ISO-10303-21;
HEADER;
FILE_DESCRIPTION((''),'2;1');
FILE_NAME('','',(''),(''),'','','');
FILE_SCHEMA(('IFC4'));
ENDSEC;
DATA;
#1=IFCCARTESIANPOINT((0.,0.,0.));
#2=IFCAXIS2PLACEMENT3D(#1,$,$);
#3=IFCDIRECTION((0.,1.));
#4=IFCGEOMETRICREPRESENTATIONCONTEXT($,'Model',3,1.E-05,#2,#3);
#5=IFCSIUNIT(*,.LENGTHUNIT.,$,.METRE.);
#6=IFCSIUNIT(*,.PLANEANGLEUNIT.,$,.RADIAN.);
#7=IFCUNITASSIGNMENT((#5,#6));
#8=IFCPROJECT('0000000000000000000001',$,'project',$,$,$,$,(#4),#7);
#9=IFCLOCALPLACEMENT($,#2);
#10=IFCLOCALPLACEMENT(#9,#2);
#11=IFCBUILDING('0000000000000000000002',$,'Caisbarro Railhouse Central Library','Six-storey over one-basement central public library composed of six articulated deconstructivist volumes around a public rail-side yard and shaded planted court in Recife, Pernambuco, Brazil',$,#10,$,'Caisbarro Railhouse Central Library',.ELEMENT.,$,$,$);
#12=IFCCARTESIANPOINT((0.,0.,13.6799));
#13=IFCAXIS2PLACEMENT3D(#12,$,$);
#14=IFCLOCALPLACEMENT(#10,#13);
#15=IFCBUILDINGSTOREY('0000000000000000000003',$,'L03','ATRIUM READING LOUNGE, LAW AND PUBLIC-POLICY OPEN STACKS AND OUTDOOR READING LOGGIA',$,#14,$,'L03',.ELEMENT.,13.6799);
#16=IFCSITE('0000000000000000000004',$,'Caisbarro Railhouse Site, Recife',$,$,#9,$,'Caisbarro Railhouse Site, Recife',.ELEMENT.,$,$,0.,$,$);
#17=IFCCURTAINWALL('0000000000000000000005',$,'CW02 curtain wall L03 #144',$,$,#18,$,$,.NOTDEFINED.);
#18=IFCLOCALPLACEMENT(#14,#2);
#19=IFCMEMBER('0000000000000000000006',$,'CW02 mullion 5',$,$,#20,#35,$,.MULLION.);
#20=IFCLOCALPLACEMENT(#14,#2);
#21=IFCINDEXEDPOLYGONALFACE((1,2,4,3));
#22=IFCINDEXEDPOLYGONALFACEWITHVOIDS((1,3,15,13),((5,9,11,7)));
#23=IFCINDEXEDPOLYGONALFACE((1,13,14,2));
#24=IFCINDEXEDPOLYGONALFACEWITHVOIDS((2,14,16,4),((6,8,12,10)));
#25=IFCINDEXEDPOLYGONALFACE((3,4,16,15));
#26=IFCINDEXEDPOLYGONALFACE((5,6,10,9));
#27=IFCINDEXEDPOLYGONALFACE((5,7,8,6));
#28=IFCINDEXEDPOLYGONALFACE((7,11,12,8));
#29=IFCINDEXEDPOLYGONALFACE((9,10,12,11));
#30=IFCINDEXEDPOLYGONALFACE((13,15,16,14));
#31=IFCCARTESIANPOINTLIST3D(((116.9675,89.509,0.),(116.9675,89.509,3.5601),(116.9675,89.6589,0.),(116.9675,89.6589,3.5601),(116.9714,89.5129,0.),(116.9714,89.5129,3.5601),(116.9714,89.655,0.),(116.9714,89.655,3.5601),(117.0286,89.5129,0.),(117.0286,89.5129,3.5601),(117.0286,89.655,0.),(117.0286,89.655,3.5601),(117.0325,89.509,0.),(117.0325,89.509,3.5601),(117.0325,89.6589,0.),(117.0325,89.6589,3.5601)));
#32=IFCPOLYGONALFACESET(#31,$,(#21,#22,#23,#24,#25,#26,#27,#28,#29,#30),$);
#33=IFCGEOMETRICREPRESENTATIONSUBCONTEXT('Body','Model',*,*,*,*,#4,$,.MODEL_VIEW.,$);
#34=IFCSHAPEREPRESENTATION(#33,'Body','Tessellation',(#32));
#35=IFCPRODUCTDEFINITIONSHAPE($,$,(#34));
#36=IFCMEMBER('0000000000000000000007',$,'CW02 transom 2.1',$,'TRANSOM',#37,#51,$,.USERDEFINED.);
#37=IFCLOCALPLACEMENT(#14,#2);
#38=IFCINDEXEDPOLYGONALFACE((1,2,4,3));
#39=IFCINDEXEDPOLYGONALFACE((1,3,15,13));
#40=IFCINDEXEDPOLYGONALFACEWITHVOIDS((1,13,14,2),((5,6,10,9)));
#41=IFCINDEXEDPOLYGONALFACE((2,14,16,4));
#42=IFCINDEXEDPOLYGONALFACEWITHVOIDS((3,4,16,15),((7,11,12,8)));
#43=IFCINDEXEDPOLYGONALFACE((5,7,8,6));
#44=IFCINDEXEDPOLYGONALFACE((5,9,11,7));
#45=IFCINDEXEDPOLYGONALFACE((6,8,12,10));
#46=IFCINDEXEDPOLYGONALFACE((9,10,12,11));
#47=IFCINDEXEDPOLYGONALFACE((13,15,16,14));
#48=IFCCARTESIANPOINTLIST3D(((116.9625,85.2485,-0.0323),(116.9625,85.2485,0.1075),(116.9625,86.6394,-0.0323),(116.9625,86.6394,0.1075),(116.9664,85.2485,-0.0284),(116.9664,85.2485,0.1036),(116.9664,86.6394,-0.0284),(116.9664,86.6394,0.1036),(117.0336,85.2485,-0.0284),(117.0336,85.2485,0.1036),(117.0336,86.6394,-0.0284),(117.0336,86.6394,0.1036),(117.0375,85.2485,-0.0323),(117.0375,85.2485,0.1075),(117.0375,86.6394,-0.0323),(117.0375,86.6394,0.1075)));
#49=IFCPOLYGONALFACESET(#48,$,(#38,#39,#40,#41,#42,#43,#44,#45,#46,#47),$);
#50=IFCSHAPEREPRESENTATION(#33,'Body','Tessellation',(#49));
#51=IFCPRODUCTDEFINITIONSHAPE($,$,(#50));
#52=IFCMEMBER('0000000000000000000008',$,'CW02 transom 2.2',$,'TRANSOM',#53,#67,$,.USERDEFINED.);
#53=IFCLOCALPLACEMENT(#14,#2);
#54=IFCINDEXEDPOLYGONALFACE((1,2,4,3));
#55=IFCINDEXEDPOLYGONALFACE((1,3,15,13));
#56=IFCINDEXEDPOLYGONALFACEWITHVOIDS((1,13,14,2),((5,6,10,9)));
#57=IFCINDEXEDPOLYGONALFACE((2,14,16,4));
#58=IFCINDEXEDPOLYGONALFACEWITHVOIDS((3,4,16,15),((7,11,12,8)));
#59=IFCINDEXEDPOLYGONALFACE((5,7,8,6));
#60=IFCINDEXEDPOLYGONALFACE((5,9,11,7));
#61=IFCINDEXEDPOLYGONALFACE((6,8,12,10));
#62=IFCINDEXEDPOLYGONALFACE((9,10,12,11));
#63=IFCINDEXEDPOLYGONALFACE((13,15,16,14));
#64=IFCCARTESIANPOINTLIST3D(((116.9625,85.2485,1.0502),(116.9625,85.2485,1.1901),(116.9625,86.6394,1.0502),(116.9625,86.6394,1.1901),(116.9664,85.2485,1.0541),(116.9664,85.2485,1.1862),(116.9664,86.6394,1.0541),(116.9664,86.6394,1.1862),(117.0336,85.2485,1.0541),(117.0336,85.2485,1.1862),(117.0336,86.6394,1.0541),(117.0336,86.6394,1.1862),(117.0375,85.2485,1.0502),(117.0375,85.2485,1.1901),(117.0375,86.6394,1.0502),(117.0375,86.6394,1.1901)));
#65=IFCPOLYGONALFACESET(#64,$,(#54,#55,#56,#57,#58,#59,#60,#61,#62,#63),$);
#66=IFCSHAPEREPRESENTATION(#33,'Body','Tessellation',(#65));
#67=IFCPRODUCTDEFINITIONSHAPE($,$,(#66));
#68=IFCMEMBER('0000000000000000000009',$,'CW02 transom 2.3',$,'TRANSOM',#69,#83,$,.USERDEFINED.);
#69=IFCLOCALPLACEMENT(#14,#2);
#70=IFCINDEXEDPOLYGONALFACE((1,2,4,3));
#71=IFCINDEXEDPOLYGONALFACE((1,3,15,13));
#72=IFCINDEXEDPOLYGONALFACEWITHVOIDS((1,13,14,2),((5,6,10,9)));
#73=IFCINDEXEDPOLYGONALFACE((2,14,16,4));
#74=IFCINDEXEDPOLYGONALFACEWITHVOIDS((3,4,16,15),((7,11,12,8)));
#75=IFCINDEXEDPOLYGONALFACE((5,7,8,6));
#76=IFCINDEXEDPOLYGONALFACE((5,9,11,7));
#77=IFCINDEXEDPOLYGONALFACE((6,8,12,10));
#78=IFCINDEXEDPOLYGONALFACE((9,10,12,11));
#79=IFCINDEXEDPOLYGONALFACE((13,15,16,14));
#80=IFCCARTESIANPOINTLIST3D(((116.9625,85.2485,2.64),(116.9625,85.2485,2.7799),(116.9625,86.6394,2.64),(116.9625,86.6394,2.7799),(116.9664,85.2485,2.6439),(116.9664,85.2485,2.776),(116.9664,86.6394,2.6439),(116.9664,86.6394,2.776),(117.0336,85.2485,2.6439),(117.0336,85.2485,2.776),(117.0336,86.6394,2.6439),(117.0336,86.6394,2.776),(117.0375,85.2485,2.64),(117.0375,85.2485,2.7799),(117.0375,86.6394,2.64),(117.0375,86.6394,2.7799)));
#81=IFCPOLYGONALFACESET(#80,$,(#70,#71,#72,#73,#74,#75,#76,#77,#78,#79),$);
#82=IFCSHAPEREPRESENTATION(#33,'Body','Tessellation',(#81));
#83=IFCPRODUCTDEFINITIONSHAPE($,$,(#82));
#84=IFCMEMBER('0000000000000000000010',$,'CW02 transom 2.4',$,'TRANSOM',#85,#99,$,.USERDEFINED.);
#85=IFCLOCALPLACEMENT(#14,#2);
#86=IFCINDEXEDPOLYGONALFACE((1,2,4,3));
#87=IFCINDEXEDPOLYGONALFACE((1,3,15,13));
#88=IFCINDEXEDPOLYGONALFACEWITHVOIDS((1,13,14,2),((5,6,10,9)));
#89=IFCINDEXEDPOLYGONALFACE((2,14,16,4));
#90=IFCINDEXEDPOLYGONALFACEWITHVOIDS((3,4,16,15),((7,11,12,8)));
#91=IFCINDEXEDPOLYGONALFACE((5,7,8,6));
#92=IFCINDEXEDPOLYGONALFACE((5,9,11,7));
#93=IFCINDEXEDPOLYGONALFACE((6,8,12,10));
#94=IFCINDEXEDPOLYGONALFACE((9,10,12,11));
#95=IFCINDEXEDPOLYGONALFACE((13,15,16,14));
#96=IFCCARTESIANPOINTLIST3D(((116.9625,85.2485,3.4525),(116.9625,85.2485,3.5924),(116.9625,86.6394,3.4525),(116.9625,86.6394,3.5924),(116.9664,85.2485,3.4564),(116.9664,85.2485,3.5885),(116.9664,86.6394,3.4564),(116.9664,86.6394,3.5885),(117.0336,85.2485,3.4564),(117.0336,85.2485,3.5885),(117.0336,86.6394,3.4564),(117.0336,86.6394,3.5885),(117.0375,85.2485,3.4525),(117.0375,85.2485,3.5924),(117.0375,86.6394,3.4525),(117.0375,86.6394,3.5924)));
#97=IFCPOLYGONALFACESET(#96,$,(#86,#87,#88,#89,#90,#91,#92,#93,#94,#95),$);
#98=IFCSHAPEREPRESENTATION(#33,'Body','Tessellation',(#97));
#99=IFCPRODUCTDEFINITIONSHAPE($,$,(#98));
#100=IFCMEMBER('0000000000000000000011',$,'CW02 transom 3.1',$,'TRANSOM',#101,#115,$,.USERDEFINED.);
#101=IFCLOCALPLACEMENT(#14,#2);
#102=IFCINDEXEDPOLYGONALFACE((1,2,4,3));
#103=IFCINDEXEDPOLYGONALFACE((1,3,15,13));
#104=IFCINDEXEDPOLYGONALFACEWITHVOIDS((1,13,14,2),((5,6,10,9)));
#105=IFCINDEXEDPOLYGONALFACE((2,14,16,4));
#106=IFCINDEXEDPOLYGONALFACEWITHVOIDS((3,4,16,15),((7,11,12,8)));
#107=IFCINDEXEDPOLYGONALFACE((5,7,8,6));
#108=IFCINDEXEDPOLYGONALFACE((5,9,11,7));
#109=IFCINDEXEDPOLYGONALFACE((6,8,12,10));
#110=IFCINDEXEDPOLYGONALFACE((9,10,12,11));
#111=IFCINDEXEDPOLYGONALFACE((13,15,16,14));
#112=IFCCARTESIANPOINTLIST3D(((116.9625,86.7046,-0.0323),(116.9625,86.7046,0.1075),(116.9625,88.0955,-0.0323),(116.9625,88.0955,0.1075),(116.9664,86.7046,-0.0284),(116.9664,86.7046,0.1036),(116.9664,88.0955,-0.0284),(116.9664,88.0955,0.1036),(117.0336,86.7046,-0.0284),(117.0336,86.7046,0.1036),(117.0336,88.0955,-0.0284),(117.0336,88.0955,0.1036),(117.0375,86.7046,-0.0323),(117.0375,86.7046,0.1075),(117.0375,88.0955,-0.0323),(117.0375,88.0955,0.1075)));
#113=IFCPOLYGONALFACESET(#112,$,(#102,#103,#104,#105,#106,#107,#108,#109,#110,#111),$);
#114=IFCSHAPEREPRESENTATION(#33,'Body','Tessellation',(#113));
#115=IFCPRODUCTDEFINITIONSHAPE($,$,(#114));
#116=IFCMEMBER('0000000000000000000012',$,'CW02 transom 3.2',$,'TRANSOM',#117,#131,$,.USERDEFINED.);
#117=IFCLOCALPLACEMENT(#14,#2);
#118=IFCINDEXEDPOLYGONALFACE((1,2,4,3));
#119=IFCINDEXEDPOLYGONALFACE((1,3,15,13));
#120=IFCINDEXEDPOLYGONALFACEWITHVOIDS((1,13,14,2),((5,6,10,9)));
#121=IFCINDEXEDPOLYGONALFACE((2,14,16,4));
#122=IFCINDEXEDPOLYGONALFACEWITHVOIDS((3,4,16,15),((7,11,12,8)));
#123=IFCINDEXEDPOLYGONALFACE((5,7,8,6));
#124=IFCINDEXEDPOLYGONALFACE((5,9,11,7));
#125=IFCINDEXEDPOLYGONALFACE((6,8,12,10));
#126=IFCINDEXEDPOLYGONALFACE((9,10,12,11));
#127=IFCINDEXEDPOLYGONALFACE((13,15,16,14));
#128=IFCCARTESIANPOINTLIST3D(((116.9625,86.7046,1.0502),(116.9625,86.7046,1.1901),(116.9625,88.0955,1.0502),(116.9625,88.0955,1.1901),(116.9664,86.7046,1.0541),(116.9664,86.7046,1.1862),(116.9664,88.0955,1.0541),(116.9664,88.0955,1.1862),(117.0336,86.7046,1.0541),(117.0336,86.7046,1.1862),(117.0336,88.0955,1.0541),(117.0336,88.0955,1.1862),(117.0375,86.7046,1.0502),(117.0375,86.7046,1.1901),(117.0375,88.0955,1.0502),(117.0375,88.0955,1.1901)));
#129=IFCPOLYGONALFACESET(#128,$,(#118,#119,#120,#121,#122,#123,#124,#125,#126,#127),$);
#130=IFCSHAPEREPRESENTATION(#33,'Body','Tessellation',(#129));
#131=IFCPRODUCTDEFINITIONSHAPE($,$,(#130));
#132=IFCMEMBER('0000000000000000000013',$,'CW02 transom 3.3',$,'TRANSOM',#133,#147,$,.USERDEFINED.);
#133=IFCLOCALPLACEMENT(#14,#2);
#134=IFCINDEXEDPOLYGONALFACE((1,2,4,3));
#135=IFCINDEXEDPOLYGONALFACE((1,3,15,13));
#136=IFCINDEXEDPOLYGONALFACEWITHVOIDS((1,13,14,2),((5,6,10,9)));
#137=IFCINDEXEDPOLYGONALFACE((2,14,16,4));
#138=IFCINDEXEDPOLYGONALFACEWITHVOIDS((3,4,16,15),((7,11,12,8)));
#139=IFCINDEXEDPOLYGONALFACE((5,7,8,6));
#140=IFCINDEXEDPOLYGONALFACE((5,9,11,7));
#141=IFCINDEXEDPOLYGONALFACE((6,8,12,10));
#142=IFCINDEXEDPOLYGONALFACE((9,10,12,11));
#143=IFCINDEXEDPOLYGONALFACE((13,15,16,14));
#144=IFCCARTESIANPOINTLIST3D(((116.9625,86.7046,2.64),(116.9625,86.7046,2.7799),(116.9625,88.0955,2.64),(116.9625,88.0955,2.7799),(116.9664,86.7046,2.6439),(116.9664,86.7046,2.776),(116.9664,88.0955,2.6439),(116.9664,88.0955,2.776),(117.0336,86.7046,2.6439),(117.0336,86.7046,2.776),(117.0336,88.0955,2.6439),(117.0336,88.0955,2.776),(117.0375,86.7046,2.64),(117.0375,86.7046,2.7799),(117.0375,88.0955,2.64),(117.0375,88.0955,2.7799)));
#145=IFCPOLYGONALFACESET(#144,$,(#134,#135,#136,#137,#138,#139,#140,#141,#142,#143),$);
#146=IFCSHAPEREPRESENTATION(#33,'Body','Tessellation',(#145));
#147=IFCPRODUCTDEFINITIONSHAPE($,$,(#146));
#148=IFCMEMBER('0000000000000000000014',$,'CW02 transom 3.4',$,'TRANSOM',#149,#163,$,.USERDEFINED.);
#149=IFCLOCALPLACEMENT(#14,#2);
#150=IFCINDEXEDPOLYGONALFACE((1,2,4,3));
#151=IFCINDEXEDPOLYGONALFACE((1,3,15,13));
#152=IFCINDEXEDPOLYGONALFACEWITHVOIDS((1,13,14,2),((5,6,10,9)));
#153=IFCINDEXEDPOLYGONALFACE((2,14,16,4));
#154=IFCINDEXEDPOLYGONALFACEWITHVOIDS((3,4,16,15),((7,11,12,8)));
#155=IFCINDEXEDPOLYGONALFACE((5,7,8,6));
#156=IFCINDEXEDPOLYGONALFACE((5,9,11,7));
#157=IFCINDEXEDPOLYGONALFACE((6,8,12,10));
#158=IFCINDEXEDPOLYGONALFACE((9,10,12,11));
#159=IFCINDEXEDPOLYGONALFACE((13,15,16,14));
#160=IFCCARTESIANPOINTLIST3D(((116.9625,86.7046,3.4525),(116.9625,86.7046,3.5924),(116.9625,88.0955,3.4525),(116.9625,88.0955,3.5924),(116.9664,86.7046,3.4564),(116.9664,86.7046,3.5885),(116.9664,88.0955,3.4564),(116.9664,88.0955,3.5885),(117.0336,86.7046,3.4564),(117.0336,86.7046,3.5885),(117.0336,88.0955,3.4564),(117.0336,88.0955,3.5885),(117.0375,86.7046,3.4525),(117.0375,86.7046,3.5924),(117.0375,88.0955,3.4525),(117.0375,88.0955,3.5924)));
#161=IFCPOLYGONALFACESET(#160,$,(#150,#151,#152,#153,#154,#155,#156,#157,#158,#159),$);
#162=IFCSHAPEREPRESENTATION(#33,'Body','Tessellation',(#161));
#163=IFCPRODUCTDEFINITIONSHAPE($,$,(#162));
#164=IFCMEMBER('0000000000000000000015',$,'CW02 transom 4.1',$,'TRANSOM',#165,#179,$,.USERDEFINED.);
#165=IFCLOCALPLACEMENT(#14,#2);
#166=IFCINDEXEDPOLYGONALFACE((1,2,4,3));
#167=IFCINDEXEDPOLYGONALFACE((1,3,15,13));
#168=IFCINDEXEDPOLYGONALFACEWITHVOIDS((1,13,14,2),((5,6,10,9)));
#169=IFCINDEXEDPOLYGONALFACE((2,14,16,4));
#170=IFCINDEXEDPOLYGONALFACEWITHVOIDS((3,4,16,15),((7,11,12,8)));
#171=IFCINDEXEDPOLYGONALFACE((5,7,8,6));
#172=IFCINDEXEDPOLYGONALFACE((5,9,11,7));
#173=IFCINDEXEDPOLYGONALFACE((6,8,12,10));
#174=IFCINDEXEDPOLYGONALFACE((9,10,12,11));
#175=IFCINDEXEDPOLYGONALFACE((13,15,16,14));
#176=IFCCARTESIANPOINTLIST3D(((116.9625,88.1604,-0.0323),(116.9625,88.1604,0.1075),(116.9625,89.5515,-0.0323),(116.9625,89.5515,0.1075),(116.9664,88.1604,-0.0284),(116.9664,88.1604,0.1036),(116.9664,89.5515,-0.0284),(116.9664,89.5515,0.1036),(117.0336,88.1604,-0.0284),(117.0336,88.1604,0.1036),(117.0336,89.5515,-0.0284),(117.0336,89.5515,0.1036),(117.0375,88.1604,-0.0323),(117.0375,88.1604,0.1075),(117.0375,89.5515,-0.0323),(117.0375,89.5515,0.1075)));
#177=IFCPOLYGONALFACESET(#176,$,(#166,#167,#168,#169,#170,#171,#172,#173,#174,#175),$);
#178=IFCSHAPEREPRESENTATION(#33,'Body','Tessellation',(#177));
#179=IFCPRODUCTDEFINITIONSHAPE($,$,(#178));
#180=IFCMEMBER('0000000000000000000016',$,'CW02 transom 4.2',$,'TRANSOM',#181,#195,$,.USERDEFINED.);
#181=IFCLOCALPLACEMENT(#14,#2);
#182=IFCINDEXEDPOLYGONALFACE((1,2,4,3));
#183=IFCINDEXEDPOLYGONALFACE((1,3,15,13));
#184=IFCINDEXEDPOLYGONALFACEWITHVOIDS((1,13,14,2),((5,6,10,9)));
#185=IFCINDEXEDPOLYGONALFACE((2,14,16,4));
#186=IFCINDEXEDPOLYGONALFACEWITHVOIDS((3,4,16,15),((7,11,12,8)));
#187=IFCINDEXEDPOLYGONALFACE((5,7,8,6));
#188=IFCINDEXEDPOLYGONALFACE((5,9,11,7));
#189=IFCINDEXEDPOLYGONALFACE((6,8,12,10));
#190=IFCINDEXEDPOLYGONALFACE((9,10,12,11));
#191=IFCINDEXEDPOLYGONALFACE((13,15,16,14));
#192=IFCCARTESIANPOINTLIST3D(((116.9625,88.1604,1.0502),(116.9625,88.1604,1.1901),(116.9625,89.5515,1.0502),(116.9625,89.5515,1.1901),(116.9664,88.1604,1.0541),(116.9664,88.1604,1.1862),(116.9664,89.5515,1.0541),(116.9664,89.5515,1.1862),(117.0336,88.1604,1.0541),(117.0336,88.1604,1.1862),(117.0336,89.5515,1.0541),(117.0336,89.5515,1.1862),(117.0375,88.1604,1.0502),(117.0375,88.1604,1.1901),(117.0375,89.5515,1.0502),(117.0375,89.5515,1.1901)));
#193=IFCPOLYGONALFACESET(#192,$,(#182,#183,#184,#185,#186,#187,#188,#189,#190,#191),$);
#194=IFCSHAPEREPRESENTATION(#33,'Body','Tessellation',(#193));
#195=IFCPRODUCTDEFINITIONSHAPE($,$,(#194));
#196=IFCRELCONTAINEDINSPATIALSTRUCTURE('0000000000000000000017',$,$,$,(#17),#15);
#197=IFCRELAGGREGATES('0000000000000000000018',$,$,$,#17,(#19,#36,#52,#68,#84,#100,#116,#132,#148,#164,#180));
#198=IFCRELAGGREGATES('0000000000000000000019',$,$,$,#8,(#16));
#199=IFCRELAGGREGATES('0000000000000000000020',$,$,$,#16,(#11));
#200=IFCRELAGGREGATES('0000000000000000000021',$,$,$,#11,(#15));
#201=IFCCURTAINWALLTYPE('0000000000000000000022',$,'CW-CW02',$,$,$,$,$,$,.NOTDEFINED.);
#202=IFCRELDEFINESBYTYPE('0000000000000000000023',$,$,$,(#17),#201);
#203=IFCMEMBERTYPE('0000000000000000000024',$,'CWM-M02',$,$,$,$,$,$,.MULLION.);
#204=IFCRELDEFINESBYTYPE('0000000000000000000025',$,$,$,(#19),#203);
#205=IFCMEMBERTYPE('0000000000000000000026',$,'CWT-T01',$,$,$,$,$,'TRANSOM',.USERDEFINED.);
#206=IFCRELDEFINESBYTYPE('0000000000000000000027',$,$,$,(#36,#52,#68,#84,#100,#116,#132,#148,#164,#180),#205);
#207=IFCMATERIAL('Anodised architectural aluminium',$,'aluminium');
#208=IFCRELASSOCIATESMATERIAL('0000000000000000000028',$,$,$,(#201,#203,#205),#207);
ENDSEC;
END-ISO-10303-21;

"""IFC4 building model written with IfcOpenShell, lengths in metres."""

from ifc_helpers import new_model, si_unit, direction, frame, origin, origin_2d, place, context, subcontext, project, spatial, hollow_rectangle, extrude, material, material_profile, profile_set, type_object, element, aggregate, save


model = new_model("IFC4")

# Units and contexts
model_context = context("Model", 3, precision=1e-05, world=origin(), true_north=direction((0.0, 1.0)))
body_context = subcontext(model_context, "Body", "Model", "MODEL_VIEW")
ifc_project = project(units=[si_unit("LENGTHUNIT", "METRE"), si_unit("PLANEANGLEUNIT", "RADIAN")], contexts=[model_context])

# Site, building, storey
site_placement = place(None, origin())
site = spatial("IfcSite", under=ifc_project, at=site_placement, Name="Caisbarro Railhouse Site, Recife", LongName="Caisbarro Railhouse Site, Recife", CompositionType="ELEMENT", RefElevation=0.0)
building_placement = place(site_placement, origin())
building = spatial("IfcBuilding", under=site, at=building_placement, Name="Caisbarro Railhouse Central Library", Description="Six-storey over one-basement central public library composed of six articulated deconstructivist volumes around a public rail-side yard and shaded planted court in Recife, Pernambuco, Brazil", LongName="Caisbarro Railhouse Central Library", CompositionType="ELEMENT")
storey_placement = place(building_placement, frame((0.0, 0.0, 13.6799)))
storey = spatial("IfcBuildingStorey", under=building, at=storey_placement, Name="L03", Description="ATRIUM READING LOUNGE, LAW AND PUBLIC-POLICY OPEN STACKS AND OUTDOOR READING LOGGIA", LongName="L03", CompositionType="ELEMENT", Elevation=13.6799)

# Curtain wall, members
ifc_material_1 = material(Name="Anodised architectural aluminium", Category="aluminium")
curtain_wall_type = type_object("IfcCurtainWallType", Name="CW-CW02", PredefinedType="NOTDEFINED", material=ifc_material_1)
curtain_wall_placement = place(storey_placement, origin())
curtain_wall = element("IfcCurtainWall", 1, at=curtain_wall_placement, inside=storey, type_object=curtain_wall_type, Name="CW02 curtain wall L03 #144", PredefinedType="NOTDEFINED")
ifc_material_profile_1 = material_profile(ifc_material_1, hollow_rectangle(XDim=0.0649, YDim=0.1499, WallThickness=0.0039, at=origin_2d()), Name="ALU-MUL-65X150")
ifc_profile_set_1 = profile_set([ifc_material_profile_1], Name="Anodised architectural aluminium")
member_type_1 = type_object("IfcMemberType", Name="CWM-M02", PredefinedType="MULLION", material=ifc_profile_set_1)
member_1_placement = place(storey_placement, frame((117.0, 89.584, 0.0), z_axis=(0.0, 0.0, 1.0), x_axis=(-1.0, 0.0, 0.0)))
member_1 = element("IfcMember", 2, at=member_1_placement, type_object=member_type_1, Name="CW02 mullion 5", PredefinedType="MULLION", context=body_context, shape_type="SweptSolid", body=[
    extrude(hollow_rectangle(XDim=0.0649, YDim=0.1499, WallThickness=0.0039, at=origin_2d()), origin(), (0.0, 0.0, 1.0), 3.5601),
])
ifc_material_profile_2 = material_profile(ifc_material_1, hollow_rectangle(XDim=0.075, YDim=0.1399, WallThickness=0.0039, at=origin_2d()), Name="ALU-TRN-75X140")
ifc_profile_set_2 = profile_set([ifc_material_profile_2], Name="Anodised architectural aluminium")
member_type_2 = type_object("IfcMemberType", Name="CWT-T01", ElementType="TRANSOM", PredefinedType="USERDEFINED", material=ifc_profile_set_2)
member_2_placement = place(storey_placement, frame((117.0, 85.2485, 0.0376), z_axis=(0.0, 1.0, 0.0), x_axis=(-1.0, 0.0, 0.0)))
member_2 = element("IfcMember", 3, at=member_2_placement, type_object=member_type_2, Name="CW02 transom 2.1", ObjectType="TRANSOM", PredefinedType="USERDEFINED", context=body_context, shape_type="SweptSolid", body=[
    extrude(hollow_rectangle(XDim=0.075, YDim=0.1399, WallThickness=0.0039, at=origin_2d()), origin(), (0.0, 0.0, 1.0), 1.3909),
])
member_3_placement = place(storey_placement, frame((117.0, 85.2485, 1.1201), z_axis=(0.0, 1.0, 0.0), x_axis=(-1.0, 0.0, 0.0)))
member_3 = element("IfcMember", 4, at=member_3_placement, type_object=member_type_2, Name="CW02 transom 2.2", ObjectType="TRANSOM", PredefinedType="USERDEFINED", context=body_context, shape_type="SweptSolid", body=[
    extrude(hollow_rectangle(XDim=0.075, YDim=0.1399, WallThickness=0.0039, at=origin_2d()), origin(), (0.0, 0.0, 1.0), 1.3909),
])
member_4_placement = place(storey_placement, frame((117.0, 85.2485, 2.71), z_axis=(0.0, 1.0, 0.0), x_axis=(-1.0, 0.0, 0.0)))
member_4 = element("IfcMember", 5, at=member_4_placement, type_object=member_type_2, Name="CW02 transom 2.3", ObjectType="TRANSOM", PredefinedType="USERDEFINED", context=body_context, shape_type="SweptSolid", body=[
    extrude(hollow_rectangle(XDim=0.075, YDim=0.1399, WallThickness=0.0039, at=origin_2d()), origin(), (0.0, 0.0, 1.0), 1.3909),
])
member_5_placement = place(storey_placement, frame((117.0, 85.2485, 3.5225), z_axis=(0.0, 1.0, 0.0), x_axis=(-1.0, 0.0, 0.0)))
member_5 = element("IfcMember", 6, at=member_5_placement, type_object=member_type_2, Name="CW02 transom 2.4", ObjectType="TRANSOM", PredefinedType="USERDEFINED", context=body_context, shape_type="SweptSolid", body=[
    extrude(hollow_rectangle(XDim=0.075, YDim=0.1399, WallThickness=0.0039, at=origin_2d()), origin(), (0.0, 0.0, 1.0), 1.3909),
])
member_6_placement = place(storey_placement, frame((117.0, 86.7046, 0.0376), z_axis=(0.0, 1.0, 0.0), x_axis=(-1.0, 0.0, 0.0)))
member_6 = element("IfcMember", 7, at=member_6_placement, type_object=member_type_2, Name="CW02 transom 3.1", ObjectType="TRANSOM", PredefinedType="USERDEFINED", context=body_context, shape_type="SweptSolid", body=[
    extrude(hollow_rectangle(XDim=0.075, YDim=0.1399, WallThickness=0.0039, at=origin_2d()), origin(), (0.0, 0.0, 1.0), 1.3909),
])
member_7_placement = place(storey_placement, frame((117.0, 86.7046, 1.1201), z_axis=(0.0, 1.0, 0.0), x_axis=(-1.0, 0.0, 0.0)))
member_7 = element("IfcMember", 8, at=member_7_placement, type_object=member_type_2, Name="CW02 transom 3.2", ObjectType="TRANSOM", PredefinedType="USERDEFINED", context=body_context, shape_type="SweptSolid", body=[
    extrude(hollow_rectangle(XDim=0.075, YDim=0.1399, WallThickness=0.0039, at=origin_2d()), origin(), (0.0, 0.0, 1.0), 1.3909),
])
member_8_placement = place(storey_placement, frame((117.0, 86.7046, 2.71), z_axis=(0.0, 1.0, 0.0), x_axis=(-1.0, 0.0, 0.0)))
member_8 = element("IfcMember", 9, at=member_8_placement, type_object=member_type_2, Name="CW02 transom 3.3", ObjectType="TRANSOM", PredefinedType="USERDEFINED", context=body_context, shape_type="SweptSolid", body=[
    extrude(hollow_rectangle(XDim=0.075, YDim=0.1399, WallThickness=0.0039, at=origin_2d()), origin(), (0.0, 0.0, 1.0), 1.3909),
])
member_9_placement = place(storey_placement, frame((117.0, 86.7046, 3.5225), z_axis=(0.0, 1.0, 0.0), x_axis=(-1.0, 0.0, 0.0)))
member_9 = element("IfcMember", 10, at=member_9_placement, type_object=member_type_2, Name="CW02 transom 3.4", ObjectType="TRANSOM", PredefinedType="USERDEFINED", context=body_context, shape_type="SweptSolid", body=[
    extrude(hollow_rectangle(XDim=0.075, YDim=0.1399, WallThickness=0.0039, at=origin_2d()), origin(), (0.0, 0.0, 1.0), 1.3909),
])
member_10_placement = place(storey_placement, frame((117.0, 88.1604, 0.0376), z_axis=(0.0, 1.0, 0.0), x_axis=(-1.0, 0.0, 0.0)))
member_10 = element("IfcMember", 11, at=member_10_placement, type_object=member_type_2, Name="CW02 transom 4.1", ObjectType="TRANSOM", PredefinedType="USERDEFINED", context=body_context, shape_type="SweptSolid", body=[
    extrude(hollow_rectangle(XDim=0.075, YDim=0.1399, WallThickness=0.0039, at=origin_2d()), origin(), (0.0, 0.0, 1.0), 1.3911),
])
member_11_placement = place(storey_placement, frame((117.0, 88.1604, 1.1201), z_axis=(0.0, 1.0, 0.0), x_axis=(-1.0, 0.0, 0.0)))
member_11 = element("IfcMember", 12, at=member_11_placement, type_object=member_type_2, Name="CW02 transom 4.2", ObjectType="TRANSOM", PredefinedType="USERDEFINED", context=body_context, shape_type="SweptSolid", body=[
    extrude(hollow_rectangle(XDim=0.075, YDim=0.1399, WallThickness=0.0039, at=origin_2d()), origin(), (0.0, 0.0, 1.0), 1.3911),
])
aggregate(curtain_wall, [member_1, member_2, member_3, member_4, member_5, member_6, member_7, member_8, member_9, member_10, member_11])

save(model, "model.ifc")
